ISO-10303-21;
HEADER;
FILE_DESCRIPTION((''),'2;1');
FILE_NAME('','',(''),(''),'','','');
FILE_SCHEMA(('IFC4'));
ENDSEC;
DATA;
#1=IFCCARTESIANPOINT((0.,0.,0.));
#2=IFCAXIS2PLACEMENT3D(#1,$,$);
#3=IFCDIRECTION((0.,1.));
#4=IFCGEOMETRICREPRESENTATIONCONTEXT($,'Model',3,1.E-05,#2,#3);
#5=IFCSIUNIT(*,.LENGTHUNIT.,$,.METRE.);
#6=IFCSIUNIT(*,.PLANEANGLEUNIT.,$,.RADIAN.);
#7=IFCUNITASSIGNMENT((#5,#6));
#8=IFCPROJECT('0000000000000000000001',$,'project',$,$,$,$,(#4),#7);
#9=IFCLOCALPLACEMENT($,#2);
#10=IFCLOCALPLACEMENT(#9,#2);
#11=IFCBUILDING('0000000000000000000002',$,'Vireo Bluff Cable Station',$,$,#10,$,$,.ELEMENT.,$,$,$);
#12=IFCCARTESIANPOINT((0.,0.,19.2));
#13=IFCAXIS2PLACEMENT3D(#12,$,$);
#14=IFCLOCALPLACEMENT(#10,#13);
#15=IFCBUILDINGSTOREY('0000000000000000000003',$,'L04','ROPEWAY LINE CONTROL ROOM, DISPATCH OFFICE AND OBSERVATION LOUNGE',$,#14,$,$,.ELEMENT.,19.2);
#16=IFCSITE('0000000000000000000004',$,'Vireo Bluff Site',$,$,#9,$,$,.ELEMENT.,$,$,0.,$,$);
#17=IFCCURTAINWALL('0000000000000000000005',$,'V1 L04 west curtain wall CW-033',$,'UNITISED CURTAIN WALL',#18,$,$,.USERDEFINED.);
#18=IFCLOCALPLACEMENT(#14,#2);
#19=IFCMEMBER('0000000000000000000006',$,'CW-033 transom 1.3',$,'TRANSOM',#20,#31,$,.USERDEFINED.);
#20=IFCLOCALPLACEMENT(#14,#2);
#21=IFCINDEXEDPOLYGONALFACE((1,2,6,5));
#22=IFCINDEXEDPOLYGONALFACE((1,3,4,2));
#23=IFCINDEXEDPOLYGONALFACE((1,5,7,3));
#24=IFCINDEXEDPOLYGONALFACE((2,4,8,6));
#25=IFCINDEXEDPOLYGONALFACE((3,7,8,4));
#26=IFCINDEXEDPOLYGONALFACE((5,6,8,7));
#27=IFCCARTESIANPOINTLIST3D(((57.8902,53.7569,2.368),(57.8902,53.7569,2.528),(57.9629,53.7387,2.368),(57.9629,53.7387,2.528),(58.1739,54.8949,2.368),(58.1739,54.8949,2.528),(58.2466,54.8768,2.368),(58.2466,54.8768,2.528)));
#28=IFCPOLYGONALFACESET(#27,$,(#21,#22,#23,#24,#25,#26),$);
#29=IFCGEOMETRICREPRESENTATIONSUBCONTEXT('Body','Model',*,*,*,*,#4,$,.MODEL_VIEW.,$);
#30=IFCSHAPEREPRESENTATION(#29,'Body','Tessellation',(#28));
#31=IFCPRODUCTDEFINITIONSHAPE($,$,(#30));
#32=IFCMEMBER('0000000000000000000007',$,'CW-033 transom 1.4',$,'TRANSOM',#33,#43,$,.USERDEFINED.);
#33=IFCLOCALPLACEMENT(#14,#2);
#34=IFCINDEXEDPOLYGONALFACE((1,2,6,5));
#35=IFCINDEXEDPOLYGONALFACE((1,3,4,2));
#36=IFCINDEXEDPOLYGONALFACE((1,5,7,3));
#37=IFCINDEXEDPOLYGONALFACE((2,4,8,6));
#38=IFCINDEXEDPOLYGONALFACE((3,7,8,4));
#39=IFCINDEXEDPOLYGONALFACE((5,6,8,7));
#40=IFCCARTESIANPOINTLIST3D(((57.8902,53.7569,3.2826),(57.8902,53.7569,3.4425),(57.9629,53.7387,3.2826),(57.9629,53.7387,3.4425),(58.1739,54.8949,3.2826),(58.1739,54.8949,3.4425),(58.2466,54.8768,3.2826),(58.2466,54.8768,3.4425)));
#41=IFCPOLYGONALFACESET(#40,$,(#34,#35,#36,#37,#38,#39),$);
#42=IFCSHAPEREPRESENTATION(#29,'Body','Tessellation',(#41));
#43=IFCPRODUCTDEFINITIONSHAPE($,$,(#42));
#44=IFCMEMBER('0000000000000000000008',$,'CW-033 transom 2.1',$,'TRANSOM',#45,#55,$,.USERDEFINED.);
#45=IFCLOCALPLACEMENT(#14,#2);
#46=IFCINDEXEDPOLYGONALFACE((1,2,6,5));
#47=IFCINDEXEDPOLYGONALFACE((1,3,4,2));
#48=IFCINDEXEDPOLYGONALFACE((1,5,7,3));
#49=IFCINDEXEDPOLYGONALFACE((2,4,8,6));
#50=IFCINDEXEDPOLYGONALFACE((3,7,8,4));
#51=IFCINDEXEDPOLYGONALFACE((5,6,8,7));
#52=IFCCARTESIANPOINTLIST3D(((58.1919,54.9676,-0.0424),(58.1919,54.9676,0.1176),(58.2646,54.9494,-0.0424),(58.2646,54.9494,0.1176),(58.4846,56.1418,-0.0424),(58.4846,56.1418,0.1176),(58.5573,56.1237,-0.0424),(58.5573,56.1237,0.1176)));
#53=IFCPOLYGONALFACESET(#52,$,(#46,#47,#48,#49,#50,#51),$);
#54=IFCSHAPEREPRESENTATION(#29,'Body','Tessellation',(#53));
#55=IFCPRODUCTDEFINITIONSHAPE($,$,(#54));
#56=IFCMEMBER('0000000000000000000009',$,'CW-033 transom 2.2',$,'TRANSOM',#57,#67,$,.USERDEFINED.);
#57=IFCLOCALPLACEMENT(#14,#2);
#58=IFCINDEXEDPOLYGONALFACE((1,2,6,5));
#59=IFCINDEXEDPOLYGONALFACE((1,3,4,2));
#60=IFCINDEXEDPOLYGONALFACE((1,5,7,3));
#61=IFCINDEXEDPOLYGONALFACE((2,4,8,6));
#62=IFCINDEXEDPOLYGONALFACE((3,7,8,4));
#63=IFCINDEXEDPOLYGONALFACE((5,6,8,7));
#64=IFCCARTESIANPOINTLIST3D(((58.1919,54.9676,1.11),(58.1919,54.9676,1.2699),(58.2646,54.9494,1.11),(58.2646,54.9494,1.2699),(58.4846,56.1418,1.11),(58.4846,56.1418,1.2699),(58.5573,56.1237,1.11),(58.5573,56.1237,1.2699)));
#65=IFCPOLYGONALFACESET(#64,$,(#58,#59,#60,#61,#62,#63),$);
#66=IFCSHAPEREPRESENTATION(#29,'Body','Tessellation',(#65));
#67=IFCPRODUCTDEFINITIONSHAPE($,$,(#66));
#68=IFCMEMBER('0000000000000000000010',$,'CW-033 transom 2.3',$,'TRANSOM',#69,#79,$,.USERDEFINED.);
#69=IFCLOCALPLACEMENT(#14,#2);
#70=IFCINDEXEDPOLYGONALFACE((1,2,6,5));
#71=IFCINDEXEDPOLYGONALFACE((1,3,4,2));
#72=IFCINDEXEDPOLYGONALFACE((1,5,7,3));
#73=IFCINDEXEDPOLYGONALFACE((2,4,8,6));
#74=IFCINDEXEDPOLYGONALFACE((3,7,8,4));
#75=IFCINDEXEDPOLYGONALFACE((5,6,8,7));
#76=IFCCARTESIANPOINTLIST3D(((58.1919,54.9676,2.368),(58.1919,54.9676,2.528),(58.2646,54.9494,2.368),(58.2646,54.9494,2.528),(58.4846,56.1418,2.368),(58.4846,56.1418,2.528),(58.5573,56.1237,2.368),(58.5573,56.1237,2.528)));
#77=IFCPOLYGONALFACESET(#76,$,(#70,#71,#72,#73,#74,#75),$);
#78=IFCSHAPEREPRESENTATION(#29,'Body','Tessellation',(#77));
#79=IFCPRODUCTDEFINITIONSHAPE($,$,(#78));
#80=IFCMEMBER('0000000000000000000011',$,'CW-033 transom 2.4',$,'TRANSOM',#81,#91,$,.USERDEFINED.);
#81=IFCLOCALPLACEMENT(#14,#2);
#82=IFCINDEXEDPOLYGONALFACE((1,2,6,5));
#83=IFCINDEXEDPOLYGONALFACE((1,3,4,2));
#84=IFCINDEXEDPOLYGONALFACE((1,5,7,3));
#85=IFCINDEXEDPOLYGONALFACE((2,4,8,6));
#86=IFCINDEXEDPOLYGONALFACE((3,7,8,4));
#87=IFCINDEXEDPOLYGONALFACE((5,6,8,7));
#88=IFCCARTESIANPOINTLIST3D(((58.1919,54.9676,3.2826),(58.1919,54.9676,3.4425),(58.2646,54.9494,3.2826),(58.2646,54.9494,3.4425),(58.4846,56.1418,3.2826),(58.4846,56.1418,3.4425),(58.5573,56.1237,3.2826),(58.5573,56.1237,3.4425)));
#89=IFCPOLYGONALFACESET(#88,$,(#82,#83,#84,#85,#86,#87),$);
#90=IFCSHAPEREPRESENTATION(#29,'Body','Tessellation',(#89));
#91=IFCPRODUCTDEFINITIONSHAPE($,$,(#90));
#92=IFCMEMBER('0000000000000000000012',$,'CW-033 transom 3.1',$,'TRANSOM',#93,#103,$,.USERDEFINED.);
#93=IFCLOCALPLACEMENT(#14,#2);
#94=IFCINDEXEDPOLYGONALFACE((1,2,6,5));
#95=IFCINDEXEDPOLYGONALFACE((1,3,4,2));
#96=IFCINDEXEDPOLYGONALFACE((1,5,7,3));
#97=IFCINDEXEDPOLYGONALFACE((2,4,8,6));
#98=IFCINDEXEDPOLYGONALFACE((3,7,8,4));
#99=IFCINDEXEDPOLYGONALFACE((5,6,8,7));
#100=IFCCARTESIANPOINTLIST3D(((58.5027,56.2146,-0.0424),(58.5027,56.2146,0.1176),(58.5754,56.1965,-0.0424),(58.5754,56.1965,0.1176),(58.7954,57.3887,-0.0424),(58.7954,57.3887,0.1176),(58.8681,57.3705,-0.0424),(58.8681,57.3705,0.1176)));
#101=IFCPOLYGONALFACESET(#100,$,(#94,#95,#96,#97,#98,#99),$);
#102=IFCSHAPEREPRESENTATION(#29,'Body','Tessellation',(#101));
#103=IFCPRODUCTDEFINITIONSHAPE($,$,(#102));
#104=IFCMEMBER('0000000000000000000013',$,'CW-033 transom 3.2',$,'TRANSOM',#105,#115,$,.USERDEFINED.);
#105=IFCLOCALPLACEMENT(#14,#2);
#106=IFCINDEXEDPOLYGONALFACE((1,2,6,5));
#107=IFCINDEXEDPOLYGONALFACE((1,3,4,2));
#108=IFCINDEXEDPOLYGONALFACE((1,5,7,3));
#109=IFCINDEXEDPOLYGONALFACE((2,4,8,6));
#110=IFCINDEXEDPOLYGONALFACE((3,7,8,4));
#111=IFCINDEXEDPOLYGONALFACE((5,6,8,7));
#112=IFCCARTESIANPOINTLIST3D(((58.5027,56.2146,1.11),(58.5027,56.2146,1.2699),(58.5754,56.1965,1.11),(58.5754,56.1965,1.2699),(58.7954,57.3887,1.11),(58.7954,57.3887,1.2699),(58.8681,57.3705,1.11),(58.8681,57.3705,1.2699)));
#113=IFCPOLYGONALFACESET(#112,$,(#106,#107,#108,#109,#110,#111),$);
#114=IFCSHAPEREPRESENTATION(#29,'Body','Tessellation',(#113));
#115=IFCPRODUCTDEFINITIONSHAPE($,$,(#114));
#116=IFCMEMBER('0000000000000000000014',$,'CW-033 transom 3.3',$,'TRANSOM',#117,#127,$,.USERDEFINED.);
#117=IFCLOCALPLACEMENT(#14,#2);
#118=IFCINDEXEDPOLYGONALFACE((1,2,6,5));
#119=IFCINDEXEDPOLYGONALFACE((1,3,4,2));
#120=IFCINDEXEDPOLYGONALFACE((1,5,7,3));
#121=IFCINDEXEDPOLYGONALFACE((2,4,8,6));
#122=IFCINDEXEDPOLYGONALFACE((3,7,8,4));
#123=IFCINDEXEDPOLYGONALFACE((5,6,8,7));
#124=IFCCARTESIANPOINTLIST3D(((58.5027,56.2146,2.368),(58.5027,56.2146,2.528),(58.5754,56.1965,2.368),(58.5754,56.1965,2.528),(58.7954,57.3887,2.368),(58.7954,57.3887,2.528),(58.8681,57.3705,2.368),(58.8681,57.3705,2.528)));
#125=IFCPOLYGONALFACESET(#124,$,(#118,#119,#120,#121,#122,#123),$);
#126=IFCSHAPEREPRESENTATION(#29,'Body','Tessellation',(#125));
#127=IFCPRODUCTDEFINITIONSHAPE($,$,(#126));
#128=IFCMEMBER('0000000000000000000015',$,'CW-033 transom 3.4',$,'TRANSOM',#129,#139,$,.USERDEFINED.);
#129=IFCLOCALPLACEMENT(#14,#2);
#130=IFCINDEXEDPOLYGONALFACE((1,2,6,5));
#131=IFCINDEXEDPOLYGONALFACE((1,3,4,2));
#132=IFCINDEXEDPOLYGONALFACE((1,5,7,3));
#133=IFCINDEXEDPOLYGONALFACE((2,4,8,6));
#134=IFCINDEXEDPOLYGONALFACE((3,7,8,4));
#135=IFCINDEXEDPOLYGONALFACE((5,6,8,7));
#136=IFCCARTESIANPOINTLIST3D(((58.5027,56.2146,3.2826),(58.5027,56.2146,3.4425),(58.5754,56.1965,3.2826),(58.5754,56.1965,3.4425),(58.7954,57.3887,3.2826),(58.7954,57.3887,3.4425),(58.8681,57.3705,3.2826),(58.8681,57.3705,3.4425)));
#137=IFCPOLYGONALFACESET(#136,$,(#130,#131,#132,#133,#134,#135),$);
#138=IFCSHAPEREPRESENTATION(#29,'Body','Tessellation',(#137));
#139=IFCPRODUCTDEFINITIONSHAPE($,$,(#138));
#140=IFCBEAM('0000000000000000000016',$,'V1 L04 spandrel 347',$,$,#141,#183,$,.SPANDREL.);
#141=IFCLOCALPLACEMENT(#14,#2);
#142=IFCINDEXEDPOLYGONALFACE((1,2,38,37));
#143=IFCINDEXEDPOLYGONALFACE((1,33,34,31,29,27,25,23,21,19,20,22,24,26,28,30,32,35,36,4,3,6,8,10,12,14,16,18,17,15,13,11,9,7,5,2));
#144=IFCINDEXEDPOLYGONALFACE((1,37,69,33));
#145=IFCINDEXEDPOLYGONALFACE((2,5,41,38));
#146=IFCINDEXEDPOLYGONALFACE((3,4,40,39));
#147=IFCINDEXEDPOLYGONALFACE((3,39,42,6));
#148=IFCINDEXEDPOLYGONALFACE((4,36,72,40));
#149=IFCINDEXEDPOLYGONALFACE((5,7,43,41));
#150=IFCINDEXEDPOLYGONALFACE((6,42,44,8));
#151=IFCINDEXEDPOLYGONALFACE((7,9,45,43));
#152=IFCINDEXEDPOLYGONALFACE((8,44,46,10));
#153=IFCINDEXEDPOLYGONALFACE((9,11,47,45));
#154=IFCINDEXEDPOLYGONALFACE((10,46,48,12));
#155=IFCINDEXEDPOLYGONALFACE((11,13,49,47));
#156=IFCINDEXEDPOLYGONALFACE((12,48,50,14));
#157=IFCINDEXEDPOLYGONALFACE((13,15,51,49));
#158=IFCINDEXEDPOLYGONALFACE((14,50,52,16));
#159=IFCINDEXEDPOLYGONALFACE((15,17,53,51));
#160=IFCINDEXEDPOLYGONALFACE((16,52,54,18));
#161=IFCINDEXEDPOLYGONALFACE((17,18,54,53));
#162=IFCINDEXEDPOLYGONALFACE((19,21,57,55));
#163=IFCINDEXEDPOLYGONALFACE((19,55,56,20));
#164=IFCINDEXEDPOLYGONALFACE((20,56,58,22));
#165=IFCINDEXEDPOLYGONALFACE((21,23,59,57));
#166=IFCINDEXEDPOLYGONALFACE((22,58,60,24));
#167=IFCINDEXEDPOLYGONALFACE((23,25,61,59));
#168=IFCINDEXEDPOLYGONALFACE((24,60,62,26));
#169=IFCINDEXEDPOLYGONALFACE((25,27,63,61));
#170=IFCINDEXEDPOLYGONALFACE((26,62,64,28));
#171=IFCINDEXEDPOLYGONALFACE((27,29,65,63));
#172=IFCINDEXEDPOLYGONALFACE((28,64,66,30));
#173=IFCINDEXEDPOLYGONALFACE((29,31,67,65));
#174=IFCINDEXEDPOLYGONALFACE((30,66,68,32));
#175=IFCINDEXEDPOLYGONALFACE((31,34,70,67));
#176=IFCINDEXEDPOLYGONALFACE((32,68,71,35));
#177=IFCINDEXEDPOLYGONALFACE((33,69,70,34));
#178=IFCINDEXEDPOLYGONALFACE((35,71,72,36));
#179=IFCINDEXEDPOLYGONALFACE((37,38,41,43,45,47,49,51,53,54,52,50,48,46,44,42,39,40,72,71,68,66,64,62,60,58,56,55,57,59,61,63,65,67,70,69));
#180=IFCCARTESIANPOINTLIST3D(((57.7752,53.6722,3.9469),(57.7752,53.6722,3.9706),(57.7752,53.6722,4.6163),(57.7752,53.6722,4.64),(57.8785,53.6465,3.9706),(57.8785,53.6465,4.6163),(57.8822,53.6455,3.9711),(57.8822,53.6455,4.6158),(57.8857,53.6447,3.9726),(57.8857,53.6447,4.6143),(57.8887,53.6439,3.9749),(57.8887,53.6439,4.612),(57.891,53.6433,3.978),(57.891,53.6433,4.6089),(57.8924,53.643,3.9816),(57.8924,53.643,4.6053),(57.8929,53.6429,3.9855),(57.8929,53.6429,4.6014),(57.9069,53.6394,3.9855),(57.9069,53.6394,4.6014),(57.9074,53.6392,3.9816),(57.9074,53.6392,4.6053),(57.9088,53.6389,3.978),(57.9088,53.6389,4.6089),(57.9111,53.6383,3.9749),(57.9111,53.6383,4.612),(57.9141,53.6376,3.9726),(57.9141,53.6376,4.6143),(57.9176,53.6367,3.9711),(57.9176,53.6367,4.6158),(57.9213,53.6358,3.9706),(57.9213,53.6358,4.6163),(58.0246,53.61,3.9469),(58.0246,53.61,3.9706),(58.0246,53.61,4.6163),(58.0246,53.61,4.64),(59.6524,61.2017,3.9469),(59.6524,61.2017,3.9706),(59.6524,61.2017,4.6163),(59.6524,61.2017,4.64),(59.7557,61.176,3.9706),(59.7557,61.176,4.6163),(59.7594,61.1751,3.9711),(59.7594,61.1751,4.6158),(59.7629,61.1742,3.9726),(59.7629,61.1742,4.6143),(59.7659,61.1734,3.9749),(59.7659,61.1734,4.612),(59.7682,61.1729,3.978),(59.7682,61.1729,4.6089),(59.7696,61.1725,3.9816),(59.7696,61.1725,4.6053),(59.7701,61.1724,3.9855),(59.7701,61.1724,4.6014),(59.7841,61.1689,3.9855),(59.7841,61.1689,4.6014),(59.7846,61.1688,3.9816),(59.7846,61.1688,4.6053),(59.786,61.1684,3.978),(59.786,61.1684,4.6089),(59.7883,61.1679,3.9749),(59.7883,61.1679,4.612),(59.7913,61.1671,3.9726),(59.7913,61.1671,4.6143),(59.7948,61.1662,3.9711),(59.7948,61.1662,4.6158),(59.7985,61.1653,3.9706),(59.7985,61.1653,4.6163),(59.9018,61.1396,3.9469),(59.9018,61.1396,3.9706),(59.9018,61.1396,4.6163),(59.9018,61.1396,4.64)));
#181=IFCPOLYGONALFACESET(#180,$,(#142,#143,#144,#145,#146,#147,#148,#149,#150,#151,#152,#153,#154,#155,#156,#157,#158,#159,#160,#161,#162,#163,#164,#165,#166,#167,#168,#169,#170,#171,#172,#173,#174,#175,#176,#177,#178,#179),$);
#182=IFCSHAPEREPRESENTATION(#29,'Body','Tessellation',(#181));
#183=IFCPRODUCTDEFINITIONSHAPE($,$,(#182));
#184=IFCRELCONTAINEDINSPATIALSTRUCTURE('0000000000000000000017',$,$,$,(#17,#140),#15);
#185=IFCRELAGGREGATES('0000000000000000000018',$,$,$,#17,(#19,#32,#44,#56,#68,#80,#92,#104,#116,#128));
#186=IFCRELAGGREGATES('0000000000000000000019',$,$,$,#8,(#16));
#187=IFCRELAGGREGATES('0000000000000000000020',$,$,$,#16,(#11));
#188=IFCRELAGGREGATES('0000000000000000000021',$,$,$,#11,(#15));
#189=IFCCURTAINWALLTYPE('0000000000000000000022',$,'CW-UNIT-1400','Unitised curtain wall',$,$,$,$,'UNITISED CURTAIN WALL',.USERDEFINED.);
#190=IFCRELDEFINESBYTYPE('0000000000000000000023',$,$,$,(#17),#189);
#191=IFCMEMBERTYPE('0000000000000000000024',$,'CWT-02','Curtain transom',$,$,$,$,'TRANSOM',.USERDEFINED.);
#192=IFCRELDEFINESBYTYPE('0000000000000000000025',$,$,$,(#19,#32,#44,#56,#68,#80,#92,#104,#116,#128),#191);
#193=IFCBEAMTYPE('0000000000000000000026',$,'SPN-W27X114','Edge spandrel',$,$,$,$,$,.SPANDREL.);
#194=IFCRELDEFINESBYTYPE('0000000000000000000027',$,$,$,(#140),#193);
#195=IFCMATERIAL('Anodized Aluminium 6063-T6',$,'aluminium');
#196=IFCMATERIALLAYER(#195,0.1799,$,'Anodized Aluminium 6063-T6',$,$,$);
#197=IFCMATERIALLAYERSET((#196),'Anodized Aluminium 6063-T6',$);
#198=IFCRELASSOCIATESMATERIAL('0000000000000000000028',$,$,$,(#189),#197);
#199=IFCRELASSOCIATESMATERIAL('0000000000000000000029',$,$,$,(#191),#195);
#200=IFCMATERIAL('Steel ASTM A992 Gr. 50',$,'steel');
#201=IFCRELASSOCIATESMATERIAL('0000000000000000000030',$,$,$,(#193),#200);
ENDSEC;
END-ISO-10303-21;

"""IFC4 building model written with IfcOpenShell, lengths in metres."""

from ifc_helpers import new_model, si_unit, direction, frame, origin, origin_2d, place, context, subcontext, project, spatial, rectangle, i_section, extrude, material, layer, layer_set, material_profile, profile_set, type_object, element, aggregate, save


model = new_model("IFC4")

# Units and contexts
model_context = context("Model", 3, precision=1e-05, world=origin(), true_north=direction((0.0, 1.0)))
body_context = subcontext(model_context, "Body", "Model", "MODEL_VIEW")
ifc_project = project(units=[si_unit("LENGTHUNIT", "METRE"), si_unit("PLANEANGLEUNIT", "RADIAN")], contexts=[model_context])

# Site, building, storey
site_placement = place(None, origin())
site = spatial("IfcSite", under=ifc_project, at=site_placement, Name="Vireo Bluff Site", CompositionType="ELEMENT", RefElevation=0.0)
building_placement = place(site_placement, origin())
building = spatial("IfcBuilding", under=site, at=building_placement, Name="Vireo Bluff Cable Station", CompositionType="ELEMENT")
storey_placement = place(building_placement, frame((0.0, 0.0, 19.2)))
storey = spatial("IfcBuildingStorey", under=building, at=storey_placement, Name="L04", Description="ROPEWAY LINE CONTROL ROOM, DISPATCH OFFICE AND OBSERVATION LOUNGE", CompositionType="ELEMENT", Elevation=19.2)

# Shared definitions
ifc_material_1 = material(Name="Steel ASTM A992 Gr. 50", Category="steel")

# Shared definitions
ifc_material_2 = material(Name="Anodized Aluminium 6063-T6", Category="aluminium")

# Curtain wall
ifc_layer_1 = layer(ifc_material_2, 0.1799, Name="Anodized Aluminium 6063-T6")
ifc_layer_set_1 = layer_set([ifc_layer_1], Name="Anodized Aluminium 6063-T6")
curtain_wall_type_1 = type_object("IfcCurtainWallType", Name="CW-UNIT-1400", Description="Unitised curtain wall", ElementType="UNITISED CURTAIN WALL", PredefinedType="USERDEFINED", material=ifc_layer_set_1)
curtain_wall_1_placement = place(storey_placement, origin())
curtain_wall_1 = element("IfcCurtainWall", 1, at=curtain_wall_1_placement, inside=storey, type_object=curtain_wall_type_1, Name="V1 L04 west curtain wall CW-033", ObjectType="UNITISED CURTAIN WALL", PredefinedType="USERDEFINED")

# Members
ifc_material_profile_1 = material_profile(ifc_material_2, rectangle(XDim=0.075, YDim=0.1599, at=origin_2d()), Name="ALU-T-75X160")
ifc_profile_set_1 = profile_set([ifc_material_profile_1], Name="Anodized Aluminium 6063-T6")
member_type_1 = type_object("IfcMemberType", Name="CWT-02", Description="Curtain transom", ElementType="TRANSOM", PredefinedType="USERDEFINED", material=ifc_profile_set_1)
member_1_placement = place(storey_placement, frame((57.9265, 53.7478, 2.448), z_axis=(0.241899, 0.970301, 0.0), x_axis=(-0.970301, 0.241899, 0.0)))
member_1 = element("IfcMember", 2, at=member_1_placement, type_object=member_type_1, Name="CW-033 transom 1.3", ObjectType="TRANSOM", PredefinedType="USERDEFINED", context=body_context, shape_type="SweptSolid", body=[
    extrude(rectangle(XDim=0.075, YDim=0.1599, at=origin_2d()), origin(), (0.0, 0.0, 1.0), 1.1729),
])
member_2_placement = place(storey_placement, frame((57.9265, 53.7478, 3.3625), z_axis=(0.241899, 0.970301, 0.0), x_axis=(-0.970301, 0.241899, 0.0)))
member_2 = element("IfcMember", 3, at=member_2_placement, type_object=member_type_1, Name="CW-033 transom 1.4", ObjectType="TRANSOM", PredefinedType="USERDEFINED", context=body_context, shape_type="SweptSolid", body=[
    extrude(rectangle(XDim=0.075, YDim=0.1599, at=origin_2d()), origin(), (0.0, 0.0, 1.0), 1.1729),
])
member_3_placement = place(storey_placement, frame((58.2283, 54.9585, 0.0376), z_axis=(0.241871, 0.970308, 0.0), x_axis=(-0.970308, 0.241871, 0.0)))
member_3 = element("IfcMember", 4, at=member_3_placement, type_object=member_type_1, Name="CW-033 transom 2.1", ObjectType="TRANSOM", PredefinedType="USERDEFINED", context=body_context, shape_type="SweptSolid", body=[
    extrude(rectangle(XDim=0.075, YDim=0.1599, at=origin_2d()), origin(), (0.0, 0.0, 1.0), 1.2102),
])
member_4_placement = place(storey_placement, frame((58.2283, 54.9585, 1.1899), z_axis=(0.241871, 0.970308, 0.0), x_axis=(-0.970308, 0.241871, 0.0)))
member_4 = element("IfcMember", 5, at=member_4_placement, type_object=member_type_1, Name="CW-033 transom 2.2", ObjectType="TRANSOM", PredefinedType="USERDEFINED", context=body_context, shape_type="SweptSolid", body=[
    extrude(rectangle(XDim=0.075, YDim=0.1599, at=origin_2d()), origin(), (0.0, 0.0, 1.0), 1.2102),
])
member_5_placement = place(storey_placement, frame((58.2283, 54.9585, 2.448), z_axis=(0.241871, 0.970308, 0.0), x_axis=(-0.970308, 0.241871, 0.0)))
member_5 = element("IfcMember", 6, at=member_5_placement, type_object=member_type_1, Name="CW-033 transom 2.3", ObjectType="TRANSOM", PredefinedType="USERDEFINED", context=body_context, shape_type="SweptSolid", body=[
    extrude(rectangle(XDim=0.075, YDim=0.1599, at=origin_2d()), origin(), (0.0, 0.0, 1.0), 1.2102),
])
member_6_placement = place(storey_placement, frame((58.2283, 54.9585, 3.3625), z_axis=(0.241871, 0.970308, 0.0), x_axis=(-0.970308, 0.241871, 0.0)))
member_6 = element("IfcMember", 7, at=member_6_placement, type_object=member_type_1, Name="CW-033 transom 2.4", ObjectType="TRANSOM", PredefinedType="USERDEFINED", context=body_context, shape_type="SweptSolid", body=[
    extrude(rectangle(XDim=0.075, YDim=0.1599, at=origin_2d()), origin(), (0.0, 0.0, 1.0), 1.2102),
])
member_7_placement = place(storey_placement, frame((58.5391, 56.2056, 0.0376), z_axis=(0.241918, 0.970297, 0.0), x_axis=(-0.970297, 0.241918, 0.0)))
member_7 = element("IfcMember", 8, at=member_7_placement, type_object=member_type_1, Name="CW-033 transom 3.1", ObjectType="TRANSOM", PredefinedType="USERDEFINED", context=body_context, shape_type="SweptSolid", body=[
    extrude(rectangle(XDim=0.075, YDim=0.1599, at=origin_2d()), origin(), (0.0, 0.0, 1.0), 1.21),
])
member_8_placement = place(storey_placement, frame((58.5391, 56.2056, 1.1899), z_axis=(0.241918, 0.970297, 0.0), x_axis=(-0.970297, 0.241918, 0.0)))
member_8 = element("IfcMember", 9, at=member_8_placement, type_object=member_type_1, Name="CW-033 transom 3.2", ObjectType="TRANSOM", PredefinedType="USERDEFINED", context=body_context, shape_type="SweptSolid", body=[
    extrude(rectangle(XDim=0.075, YDim=0.1599, at=origin_2d()), origin(), (0.0, 0.0, 1.0), 1.21),
])
member_9_placement = place(storey_placement, frame((58.5391, 56.2056, 2.448), z_axis=(0.241918, 0.970297, 0.0), x_axis=(-0.970297, 0.241918, 0.0)))
member_9 = element("IfcMember", 10, at=member_9_placement, type_object=member_type_1, Name="CW-033 transom 3.3", ObjectType="TRANSOM", PredefinedType="USERDEFINED", context=body_context, shape_type="SweptSolid", body=[
    extrude(rectangle(XDim=0.075, YDim=0.1599, at=origin_2d()), origin(), (0.0, 0.0, 1.0), 1.21),
])
member_10_placement = place(storey_placement, frame((58.5391, 56.2056, 3.3625), z_axis=(0.241918, 0.970297, 0.0), x_axis=(-0.970297, 0.241918, 0.0)))
member_10 = element("IfcMember", 11, at=member_10_placement, type_object=member_type_1, Name="CW-033 transom 3.4", ObjectType="TRANSOM", PredefinedType="USERDEFINED", context=body_context, shape_type="SweptSolid", body=[
    extrude(rectangle(XDim=0.075, YDim=0.1599, at=origin_2d()), origin(), (0.0, 0.0, 1.0), 1.21),
])

# Beam
ifc_material_profile_2 = material_profile(ifc_material_1, i_section(OverallWidth=0.2571, OverallDepth=0.6931, WebThickness=0.0144, FlangeThickness=0.0237, FilletRadius=0.0149, at=origin_2d()), Name="W27X114")
ifc_profile_set_2 = profile_set([ifc_material_profile_2], Name="Steel ASTM A992 Gr. 50")
beam_type = type_object("IfcBeamType", Name="SPN-W27X114", Description="Edge spandrel", PredefinedType="SPANDREL", material=ifc_profile_set_2)
beam_placement = place(storey_placement, frame((57.8999, 53.6411, 4.2935), z_axis=(0.241906, 0.9703, 0.0), x_axis=(-0.9703, 0.241906, 0.0)))
element("IfcBeam", 12, at=beam_placement, inside=storey, type_object=beam_type, Name="V1 L04 spandrel 347", PredefinedType="SPANDREL", context=body_context, shape_type="SweptSolid", body=[
    extrude(i_section(OverallWidth=0.2571, OverallDepth=0.6931, WebThickness=0.0144, FlangeThickness=0.0237, FilletRadius=0.0149, at=origin_2d()), origin(), (0.0, 0.0, 1.0), 7.76),
])

aggregate(curtain_wall_1, [member_1, member_2, member_3, member_4, member_5, member_6, member_7, member_8, member_9, member_10])

save(model, "model.ifc")
